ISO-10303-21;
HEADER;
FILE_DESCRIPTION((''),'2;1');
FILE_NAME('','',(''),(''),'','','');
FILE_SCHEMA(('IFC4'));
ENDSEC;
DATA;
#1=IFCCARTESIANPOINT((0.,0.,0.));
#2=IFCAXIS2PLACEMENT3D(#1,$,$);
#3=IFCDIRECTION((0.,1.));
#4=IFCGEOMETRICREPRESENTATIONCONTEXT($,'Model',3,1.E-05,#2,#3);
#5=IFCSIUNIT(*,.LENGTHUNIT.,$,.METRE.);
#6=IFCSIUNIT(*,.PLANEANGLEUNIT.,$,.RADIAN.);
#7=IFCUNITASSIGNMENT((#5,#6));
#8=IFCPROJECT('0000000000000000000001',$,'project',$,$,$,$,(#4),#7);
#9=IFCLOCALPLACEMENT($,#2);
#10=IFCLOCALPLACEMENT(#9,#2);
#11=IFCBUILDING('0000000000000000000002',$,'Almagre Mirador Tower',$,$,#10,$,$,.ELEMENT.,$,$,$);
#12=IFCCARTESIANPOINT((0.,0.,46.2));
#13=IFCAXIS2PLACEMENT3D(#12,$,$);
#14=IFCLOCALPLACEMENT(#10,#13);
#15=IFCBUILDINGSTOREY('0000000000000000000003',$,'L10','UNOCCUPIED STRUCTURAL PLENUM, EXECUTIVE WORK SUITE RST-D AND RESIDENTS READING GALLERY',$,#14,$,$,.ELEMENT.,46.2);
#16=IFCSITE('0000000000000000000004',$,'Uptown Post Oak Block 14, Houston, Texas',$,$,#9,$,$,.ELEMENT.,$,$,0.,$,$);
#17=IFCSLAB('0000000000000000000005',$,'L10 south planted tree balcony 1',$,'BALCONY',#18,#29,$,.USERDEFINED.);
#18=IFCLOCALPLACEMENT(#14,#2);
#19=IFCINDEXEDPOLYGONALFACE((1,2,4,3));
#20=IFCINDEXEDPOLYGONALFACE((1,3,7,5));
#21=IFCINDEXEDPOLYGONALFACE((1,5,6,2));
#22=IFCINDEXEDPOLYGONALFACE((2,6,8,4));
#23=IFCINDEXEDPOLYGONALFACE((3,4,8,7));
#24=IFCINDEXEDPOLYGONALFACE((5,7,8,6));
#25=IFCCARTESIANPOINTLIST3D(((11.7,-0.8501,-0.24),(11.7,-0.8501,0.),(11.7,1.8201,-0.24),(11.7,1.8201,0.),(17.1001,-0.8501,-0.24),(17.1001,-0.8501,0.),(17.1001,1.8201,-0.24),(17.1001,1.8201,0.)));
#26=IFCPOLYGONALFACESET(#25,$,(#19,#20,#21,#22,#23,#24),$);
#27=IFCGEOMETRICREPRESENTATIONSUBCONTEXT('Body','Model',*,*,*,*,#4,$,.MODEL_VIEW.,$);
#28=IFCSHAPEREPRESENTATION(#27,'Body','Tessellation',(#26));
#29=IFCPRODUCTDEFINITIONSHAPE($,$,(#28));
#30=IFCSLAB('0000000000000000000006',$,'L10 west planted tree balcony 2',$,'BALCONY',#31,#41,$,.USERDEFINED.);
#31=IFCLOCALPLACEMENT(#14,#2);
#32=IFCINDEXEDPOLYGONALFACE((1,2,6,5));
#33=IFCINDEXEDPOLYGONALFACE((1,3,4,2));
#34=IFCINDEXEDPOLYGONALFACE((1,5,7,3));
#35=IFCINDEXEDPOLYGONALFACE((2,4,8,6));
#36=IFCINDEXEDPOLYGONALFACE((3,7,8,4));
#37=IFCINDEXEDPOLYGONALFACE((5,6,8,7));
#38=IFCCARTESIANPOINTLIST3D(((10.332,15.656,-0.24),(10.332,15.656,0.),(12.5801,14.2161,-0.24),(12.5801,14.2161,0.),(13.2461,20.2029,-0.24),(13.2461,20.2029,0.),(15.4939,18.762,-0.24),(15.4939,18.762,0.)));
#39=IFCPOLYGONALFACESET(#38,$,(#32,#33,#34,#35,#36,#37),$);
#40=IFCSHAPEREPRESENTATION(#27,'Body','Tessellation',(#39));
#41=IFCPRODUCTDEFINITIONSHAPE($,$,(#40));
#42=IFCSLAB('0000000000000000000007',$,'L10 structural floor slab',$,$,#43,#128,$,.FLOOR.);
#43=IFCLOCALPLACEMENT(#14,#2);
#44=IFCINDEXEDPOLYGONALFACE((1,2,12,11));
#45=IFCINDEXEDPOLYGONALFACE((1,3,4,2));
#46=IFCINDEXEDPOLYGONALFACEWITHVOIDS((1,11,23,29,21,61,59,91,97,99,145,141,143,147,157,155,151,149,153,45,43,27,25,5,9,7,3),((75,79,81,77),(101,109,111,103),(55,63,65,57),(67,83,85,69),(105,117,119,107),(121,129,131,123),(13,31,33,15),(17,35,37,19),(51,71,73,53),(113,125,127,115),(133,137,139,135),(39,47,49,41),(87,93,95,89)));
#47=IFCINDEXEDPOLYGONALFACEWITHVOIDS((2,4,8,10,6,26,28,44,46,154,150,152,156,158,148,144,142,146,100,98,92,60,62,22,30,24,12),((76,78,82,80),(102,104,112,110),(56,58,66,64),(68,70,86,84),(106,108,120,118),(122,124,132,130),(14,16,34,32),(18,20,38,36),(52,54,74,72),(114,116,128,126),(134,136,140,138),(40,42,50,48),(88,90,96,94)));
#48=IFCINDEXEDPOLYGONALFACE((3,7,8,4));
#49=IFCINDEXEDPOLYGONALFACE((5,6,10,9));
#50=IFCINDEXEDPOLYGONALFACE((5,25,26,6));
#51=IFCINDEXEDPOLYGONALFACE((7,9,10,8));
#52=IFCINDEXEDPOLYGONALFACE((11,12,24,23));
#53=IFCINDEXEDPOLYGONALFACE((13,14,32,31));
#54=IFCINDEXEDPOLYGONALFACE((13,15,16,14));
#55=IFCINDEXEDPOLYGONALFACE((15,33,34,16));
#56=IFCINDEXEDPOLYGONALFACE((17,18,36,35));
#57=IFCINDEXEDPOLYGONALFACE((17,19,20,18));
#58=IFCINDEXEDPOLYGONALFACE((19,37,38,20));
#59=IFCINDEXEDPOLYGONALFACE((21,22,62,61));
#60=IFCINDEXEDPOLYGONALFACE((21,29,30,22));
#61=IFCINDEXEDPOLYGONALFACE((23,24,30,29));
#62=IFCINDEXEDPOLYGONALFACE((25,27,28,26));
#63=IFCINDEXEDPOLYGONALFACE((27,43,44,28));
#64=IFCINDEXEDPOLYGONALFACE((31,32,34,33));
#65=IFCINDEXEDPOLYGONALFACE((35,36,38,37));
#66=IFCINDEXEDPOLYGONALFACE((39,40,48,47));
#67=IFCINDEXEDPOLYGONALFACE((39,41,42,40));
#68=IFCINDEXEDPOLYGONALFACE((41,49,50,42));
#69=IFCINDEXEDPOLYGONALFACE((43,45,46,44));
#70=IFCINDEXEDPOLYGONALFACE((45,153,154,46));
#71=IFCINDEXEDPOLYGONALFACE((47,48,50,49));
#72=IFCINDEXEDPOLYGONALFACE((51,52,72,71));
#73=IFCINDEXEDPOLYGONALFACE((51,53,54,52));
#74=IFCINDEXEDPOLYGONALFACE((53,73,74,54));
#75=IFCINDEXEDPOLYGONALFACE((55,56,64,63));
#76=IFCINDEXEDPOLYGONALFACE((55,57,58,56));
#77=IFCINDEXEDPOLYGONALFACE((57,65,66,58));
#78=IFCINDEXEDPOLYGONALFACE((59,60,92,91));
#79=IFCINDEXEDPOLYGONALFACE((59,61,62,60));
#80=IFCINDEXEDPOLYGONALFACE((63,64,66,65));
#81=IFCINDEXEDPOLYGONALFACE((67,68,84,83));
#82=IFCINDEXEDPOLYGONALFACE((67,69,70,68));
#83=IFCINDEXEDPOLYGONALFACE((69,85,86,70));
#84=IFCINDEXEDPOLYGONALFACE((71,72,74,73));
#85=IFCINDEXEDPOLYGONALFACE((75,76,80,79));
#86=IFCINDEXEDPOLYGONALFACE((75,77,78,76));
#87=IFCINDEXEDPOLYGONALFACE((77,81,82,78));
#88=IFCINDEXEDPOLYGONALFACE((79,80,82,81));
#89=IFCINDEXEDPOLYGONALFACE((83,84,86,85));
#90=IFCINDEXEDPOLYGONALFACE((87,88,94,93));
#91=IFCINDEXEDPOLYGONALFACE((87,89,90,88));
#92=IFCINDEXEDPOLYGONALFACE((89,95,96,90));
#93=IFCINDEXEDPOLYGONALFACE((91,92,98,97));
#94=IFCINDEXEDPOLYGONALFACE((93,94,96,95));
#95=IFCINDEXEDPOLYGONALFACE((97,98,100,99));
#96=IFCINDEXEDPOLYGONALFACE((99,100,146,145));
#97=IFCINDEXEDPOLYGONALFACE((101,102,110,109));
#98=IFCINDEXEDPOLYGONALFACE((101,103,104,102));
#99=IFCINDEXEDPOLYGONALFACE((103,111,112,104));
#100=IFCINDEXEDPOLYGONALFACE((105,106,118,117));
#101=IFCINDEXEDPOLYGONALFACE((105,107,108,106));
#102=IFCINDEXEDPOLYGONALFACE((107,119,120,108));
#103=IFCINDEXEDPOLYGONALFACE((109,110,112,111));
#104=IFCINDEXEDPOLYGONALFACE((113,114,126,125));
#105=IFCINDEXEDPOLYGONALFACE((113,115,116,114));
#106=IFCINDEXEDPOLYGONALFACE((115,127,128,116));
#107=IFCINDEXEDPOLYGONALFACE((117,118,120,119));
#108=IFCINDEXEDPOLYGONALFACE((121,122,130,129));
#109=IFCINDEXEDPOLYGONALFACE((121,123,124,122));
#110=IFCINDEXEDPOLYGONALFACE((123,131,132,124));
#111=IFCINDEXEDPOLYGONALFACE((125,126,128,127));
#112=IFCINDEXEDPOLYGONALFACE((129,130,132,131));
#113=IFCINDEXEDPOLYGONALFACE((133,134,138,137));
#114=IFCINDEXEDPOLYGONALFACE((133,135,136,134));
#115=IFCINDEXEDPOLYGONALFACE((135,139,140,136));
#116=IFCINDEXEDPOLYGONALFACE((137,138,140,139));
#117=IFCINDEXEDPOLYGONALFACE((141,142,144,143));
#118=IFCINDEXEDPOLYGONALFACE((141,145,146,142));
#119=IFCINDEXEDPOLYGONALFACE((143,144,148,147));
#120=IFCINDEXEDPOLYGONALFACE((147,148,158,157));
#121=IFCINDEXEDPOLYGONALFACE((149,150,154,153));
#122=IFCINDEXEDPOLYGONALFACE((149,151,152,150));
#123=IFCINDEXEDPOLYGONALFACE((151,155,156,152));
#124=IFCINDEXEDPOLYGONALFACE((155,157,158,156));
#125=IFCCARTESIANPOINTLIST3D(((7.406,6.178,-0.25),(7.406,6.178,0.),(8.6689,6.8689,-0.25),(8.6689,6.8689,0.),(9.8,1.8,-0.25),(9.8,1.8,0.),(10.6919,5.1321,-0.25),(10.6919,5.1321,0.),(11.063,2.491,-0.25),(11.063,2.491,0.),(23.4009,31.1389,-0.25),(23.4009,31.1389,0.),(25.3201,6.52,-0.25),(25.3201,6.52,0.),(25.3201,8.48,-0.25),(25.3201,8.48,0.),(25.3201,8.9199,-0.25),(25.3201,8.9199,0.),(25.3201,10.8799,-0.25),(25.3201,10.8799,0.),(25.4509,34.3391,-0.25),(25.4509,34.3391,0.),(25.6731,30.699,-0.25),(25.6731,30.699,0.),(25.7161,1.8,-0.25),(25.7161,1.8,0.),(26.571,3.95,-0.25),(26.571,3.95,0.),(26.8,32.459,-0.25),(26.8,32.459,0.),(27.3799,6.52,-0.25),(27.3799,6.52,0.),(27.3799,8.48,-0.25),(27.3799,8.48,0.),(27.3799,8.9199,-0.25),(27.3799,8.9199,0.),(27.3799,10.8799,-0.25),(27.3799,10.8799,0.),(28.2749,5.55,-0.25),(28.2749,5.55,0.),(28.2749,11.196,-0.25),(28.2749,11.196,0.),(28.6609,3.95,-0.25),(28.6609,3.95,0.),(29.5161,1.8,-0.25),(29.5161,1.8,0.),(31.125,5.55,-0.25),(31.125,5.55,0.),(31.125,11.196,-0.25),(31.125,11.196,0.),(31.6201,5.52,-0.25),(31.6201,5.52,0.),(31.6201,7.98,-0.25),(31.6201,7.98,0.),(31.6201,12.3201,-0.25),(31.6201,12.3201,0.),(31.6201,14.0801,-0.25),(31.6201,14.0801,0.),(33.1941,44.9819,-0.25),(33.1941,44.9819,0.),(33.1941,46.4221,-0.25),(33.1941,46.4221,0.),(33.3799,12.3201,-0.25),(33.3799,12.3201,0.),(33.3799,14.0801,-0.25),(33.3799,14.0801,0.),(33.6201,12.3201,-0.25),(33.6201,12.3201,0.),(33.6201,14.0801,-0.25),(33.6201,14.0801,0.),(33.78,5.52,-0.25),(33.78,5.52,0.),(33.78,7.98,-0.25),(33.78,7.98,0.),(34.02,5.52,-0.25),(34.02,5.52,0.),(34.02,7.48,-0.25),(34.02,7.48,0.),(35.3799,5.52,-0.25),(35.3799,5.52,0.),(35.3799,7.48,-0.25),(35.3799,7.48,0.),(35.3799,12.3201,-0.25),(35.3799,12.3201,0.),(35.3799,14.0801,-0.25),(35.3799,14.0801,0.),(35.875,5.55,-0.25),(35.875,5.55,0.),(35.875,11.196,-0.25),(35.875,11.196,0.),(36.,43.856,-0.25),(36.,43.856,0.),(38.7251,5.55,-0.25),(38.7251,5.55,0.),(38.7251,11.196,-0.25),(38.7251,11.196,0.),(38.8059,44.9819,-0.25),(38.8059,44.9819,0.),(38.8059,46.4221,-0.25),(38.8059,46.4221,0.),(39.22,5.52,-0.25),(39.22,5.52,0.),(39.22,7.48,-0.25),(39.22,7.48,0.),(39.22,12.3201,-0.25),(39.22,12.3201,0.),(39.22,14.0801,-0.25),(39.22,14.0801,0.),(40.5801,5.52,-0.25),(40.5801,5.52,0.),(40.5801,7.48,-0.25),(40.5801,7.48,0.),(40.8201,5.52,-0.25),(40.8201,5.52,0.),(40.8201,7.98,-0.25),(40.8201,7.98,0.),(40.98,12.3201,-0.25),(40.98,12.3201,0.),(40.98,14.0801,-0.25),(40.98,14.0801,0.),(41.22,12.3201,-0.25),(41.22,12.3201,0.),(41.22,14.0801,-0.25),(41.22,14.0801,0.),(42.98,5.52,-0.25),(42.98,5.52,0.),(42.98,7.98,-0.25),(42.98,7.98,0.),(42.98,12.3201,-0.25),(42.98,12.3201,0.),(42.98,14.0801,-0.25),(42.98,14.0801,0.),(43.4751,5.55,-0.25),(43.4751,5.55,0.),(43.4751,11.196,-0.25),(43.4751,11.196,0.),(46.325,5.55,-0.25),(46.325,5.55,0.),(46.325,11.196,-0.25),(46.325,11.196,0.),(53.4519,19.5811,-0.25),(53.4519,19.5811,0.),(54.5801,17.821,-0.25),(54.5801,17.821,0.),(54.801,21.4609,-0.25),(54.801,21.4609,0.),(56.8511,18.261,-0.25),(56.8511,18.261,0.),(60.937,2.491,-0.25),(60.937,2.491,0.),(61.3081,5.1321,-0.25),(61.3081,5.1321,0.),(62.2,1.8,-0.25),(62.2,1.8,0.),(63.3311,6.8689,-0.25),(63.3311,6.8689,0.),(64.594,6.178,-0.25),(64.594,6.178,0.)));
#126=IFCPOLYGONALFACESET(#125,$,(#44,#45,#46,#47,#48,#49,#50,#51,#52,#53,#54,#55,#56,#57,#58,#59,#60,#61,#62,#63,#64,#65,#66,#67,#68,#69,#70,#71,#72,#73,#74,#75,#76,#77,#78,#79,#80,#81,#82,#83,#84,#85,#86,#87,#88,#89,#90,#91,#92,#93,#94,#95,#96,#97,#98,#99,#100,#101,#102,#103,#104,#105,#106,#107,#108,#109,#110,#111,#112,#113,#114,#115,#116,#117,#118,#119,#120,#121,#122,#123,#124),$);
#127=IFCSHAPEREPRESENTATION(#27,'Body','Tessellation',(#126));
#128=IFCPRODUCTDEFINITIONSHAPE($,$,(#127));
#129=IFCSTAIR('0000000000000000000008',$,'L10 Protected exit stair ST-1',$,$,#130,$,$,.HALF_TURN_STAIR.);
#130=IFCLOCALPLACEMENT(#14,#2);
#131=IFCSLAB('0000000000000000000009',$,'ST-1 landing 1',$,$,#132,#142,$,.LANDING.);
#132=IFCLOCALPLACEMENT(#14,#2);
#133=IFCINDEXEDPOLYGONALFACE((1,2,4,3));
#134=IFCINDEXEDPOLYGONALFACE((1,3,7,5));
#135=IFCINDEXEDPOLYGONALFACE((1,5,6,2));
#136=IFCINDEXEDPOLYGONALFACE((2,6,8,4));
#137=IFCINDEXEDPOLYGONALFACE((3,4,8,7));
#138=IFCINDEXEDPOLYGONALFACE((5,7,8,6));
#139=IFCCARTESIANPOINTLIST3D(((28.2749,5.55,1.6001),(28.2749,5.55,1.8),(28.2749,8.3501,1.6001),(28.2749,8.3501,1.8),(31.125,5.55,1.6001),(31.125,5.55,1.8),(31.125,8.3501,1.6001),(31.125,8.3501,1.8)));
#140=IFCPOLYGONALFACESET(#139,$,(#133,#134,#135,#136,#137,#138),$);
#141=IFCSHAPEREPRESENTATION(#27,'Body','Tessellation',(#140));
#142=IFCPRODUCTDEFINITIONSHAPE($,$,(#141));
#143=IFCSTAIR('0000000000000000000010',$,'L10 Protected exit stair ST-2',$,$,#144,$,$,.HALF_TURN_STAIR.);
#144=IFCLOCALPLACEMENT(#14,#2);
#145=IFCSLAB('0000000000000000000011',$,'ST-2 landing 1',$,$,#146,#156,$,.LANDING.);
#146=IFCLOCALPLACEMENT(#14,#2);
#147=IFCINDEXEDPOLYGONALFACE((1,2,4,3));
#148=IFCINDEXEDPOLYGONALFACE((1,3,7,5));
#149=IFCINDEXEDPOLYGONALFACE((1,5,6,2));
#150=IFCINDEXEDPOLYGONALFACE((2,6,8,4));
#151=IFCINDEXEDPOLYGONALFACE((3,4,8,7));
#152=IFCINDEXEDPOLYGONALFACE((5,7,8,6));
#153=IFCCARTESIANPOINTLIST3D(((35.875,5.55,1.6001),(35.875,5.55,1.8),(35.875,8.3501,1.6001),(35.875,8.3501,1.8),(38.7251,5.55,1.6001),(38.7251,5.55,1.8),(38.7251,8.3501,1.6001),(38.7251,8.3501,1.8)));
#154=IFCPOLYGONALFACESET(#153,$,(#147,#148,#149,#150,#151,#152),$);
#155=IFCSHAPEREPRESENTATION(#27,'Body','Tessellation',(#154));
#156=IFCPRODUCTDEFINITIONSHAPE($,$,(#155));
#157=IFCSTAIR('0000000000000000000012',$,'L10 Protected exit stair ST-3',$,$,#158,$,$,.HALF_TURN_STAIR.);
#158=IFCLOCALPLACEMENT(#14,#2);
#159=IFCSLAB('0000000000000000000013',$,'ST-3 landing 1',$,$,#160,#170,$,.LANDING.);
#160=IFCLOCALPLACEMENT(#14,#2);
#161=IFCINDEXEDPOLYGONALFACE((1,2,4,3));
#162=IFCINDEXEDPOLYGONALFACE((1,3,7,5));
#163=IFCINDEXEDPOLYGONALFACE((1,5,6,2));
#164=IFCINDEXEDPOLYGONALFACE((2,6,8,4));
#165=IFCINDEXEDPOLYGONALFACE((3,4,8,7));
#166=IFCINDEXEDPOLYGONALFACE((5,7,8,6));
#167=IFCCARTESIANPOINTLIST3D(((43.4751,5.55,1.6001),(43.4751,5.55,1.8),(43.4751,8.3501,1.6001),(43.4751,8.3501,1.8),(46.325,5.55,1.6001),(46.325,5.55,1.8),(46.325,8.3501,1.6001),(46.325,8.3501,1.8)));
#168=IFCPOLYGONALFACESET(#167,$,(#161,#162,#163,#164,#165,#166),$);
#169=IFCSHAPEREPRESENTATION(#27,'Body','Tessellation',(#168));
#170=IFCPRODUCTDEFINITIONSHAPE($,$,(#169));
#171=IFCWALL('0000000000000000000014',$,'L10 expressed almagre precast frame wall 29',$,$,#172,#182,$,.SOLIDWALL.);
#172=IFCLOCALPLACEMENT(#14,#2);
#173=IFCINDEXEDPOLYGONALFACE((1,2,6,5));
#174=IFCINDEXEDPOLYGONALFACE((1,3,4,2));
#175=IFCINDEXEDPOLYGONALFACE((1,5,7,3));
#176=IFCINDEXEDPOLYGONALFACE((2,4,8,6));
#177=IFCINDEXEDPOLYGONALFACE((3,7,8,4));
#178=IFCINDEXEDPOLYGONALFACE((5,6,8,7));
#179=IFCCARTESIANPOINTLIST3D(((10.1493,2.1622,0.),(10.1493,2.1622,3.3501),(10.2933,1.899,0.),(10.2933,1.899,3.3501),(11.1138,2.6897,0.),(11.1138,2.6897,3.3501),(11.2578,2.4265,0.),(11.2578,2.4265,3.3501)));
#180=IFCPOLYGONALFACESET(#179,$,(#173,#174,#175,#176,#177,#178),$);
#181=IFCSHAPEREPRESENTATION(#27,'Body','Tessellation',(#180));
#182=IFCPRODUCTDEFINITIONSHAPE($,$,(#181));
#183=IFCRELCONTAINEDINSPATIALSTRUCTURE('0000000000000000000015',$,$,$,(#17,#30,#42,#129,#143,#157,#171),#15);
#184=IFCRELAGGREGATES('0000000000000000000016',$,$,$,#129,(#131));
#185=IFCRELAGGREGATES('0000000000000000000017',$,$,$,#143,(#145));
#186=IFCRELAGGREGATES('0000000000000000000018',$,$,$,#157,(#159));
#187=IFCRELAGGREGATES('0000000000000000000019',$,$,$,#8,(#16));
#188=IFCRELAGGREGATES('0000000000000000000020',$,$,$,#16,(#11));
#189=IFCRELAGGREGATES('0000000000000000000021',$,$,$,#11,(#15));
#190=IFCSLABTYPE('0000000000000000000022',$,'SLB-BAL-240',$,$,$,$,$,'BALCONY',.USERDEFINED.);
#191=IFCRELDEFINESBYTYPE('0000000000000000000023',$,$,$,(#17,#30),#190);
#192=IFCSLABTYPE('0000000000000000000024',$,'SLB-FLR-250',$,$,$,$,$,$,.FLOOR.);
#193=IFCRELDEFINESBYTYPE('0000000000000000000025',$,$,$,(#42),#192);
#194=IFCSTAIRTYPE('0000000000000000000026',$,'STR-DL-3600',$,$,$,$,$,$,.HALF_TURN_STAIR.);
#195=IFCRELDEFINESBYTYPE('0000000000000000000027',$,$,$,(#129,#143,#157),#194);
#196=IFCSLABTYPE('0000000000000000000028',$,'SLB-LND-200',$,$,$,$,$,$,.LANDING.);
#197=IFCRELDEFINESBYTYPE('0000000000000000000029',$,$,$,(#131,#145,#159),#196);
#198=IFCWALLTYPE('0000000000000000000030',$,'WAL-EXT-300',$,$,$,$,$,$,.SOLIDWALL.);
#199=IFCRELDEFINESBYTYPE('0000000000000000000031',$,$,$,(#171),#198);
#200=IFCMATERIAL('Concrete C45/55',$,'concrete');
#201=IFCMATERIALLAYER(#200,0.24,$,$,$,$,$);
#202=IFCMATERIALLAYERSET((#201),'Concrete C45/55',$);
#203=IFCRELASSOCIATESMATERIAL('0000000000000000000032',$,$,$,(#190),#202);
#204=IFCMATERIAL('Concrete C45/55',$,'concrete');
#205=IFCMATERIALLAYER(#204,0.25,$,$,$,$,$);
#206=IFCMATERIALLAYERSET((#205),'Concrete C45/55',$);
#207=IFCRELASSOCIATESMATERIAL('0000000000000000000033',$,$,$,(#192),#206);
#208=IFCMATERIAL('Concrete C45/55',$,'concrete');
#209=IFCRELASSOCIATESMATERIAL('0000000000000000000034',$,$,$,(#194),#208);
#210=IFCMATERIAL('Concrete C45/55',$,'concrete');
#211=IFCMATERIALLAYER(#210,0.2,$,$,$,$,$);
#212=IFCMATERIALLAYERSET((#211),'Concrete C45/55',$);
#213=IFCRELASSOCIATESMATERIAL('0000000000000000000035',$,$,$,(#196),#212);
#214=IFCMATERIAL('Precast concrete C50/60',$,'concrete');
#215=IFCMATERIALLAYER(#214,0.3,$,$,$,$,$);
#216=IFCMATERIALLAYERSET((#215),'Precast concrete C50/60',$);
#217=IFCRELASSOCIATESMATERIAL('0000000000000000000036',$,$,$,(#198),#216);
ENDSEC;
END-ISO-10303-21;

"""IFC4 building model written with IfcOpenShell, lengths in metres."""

from ifc_helpers import new_model, si_unit, direction, frame, frame_2d, origin, place, context, subcontext, project, spatial, polyline, rectangle, outline, extrude, material, layer, layer_set, type_object, element, aggregate, save


model = new_model("IFC4")

# Units and contexts
model_context = context("Model", 3, precision=1e-05, world=origin(), true_north=direction((0.0, 1.0)))
body_context = subcontext(model_context, "Body", "Model", "MODEL_VIEW")
ifc_project = project(units=[si_unit("LENGTHUNIT", "METRE"), si_unit("PLANEANGLEUNIT", "RADIAN")], contexts=[model_context])

# Site, building, storey
site_placement = place(None, origin())
site = spatial("IfcSite", under=ifc_project, at=site_placement, Name="Uptown Post Oak Block 14, Houston, Texas", CompositionType="ELEMENT", RefElevation=0.0)
building_placement = place(site_placement, origin())
building = spatial("IfcBuilding", under=site, at=building_placement, Name="Almagre Mirador Tower", CompositionType="ELEMENT")
storey_placement = place(building_placement, frame((0.0, 0.0, 46.2)))
storey = spatial("IfcBuildingStorey", under=building, at=storey_placement, Name="L10", Description="UNOCCUPIED STRUCTURAL PLENUM, EXECUTIVE WORK SUITE RST-D AND RESIDENTS READING GALLERY", CompositionType="ELEMENT", Elevation=46.2)

# Slabs
ifc_material_1 = material(Name="Concrete C45/55", Category="concrete")
ifc_layer_1 = layer(ifc_material_1, 0.24)
ifc_layer_set_1 = layer_set([ifc_layer_1], Name="Concrete C45/55")
slab_type_1 = type_object("IfcSlabType", Name="SLB-BAL-240", ElementType="BALCONY", PredefinedType="USERDEFINED", material=ifc_layer_set_1)
slab_1_placement = place(storey_placement, frame((0.0, 0.0, -0.24)))
element("IfcSlab", 1, at=slab_1_placement, inside=storey, type_object=slab_type_1, Name="L10 south planted tree balcony 1", ObjectType="BALCONY", PredefinedType="USERDEFINED", context=body_context, shape_type="SweptSolid", body=[
    extrude(outline(polyline([(11.7, 1.8201), (17.1001, 1.8201), (17.1001, -0.8501), (11.7, -0.8501), (11.7, 1.8201)])), origin(), (0.0, 0.0, 1.0), 0.24),
])
slab_2_placement = place(storey_placement, frame((0.0, 0.0, -0.24)))
element("IfcSlab", 2, at=slab_2_placement, inside=storey, type_object=slab_type_1, Name="L10 west planted tree balcony 2", ObjectType="BALCONY", PredefinedType="USERDEFINED", context=body_context, shape_type="SweptSolid", body=[
    extrude(outline(polyline([(15.4939, 18.762), (12.5801, 14.2161), (10.332, 15.656), (13.2461, 20.2029), (15.4939, 18.762)])), origin(), (0.0, 0.0, 1.0), 0.24),
])
ifc_material_2 = material(Name="Concrete C45/55", Category="concrete")
ifc_layer_2 = layer(ifc_material_2, 0.25)
ifc_layer_set_2 = layer_set([ifc_layer_2], Name="Concrete C45/55")
slab_type_2 = type_object("IfcSlabType", Name="SLB-FLR-250", PredefinedType="FLOOR", material=ifc_layer_set_2)
slab_3_placement = place(storey_placement, frame((0.0, 0.0, -0.25)))
element("IfcSlab", 3, at=slab_3_placement, inside=storey, type_object=slab_type_2, Name="L10 structural floor slab", PredefinedType="FLOOR", context=body_context, shape_type="SweptSolid", body=[
    extrude(outline(polyline([(7.406, 6.178), (8.6689, 6.8689), (10.6919, 5.1321), (11.063, 2.491), (9.8, 1.8), (25.7161, 1.8), (26.571, 3.95), (28.6609, 3.95), (29.5161, 1.8), (62.2, 1.8), (60.937, 2.491), (61.3081, 5.1321), (63.3311, 6.8689), (64.594, 6.178), (56.8511, 18.261), (54.5801, 17.821), (53.4519, 19.5811), (54.801, 21.4609), (38.8059, 46.4221), (38.8059, 44.9819), (36.0, 43.856), (33.1941, 44.9819), (33.1941, 46.4221), (25.4509, 34.3391), (26.8, 32.459), (25.6731, 30.699), (23.4009, 31.1389), (7.406, 6.178)]), holes=[polyline([(43.4751, 11.196), (46.325, 11.196), (46.325, 5.55), (43.4751, 5.55), (43.4751, 11.196)]), polyline([(40.8201, 5.52), (40.8201, 7.98), (42.98, 7.98), (42.98, 5.52), (40.8201, 5.52)]), polyline([(41.22, 12.3201), (41.22, 14.0801), (42.98, 14.0801), (42.98, 12.3201), (41.22, 12.3201)]), polyline([(39.22, 12.3201), (39.22, 14.0801), (40.98, 14.0801), (40.98, 12.3201), (39.22, 12.3201)]), polyline([(39.22, 5.52), (39.22, 7.48), (40.5801, 7.48), (40.5801, 5.52), (39.22, 5.52)]), polyline([(35.875, 11.196), (38.7251, 11.196), (38.7251, 5.55), (35.875, 5.55), (35.875, 11.196)]), polyline([(35.3799, 5.52), (34.02, 5.52), (34.02, 7.48), (35.3799, 7.48), (35.3799, 5.52)]), polyline([(35.3799, 12.3201), (33.6201, 12.3201), (33.6201, 14.0801), (35.3799, 14.0801), (35.3799, 12.3201)]), polyline([(31.6201, 5.52), (31.6201, 7.98), (33.78, 7.98), (33.78, 5.52), (31.6201, 5.52)]), polyline([(31.6201, 12.3201), (31.6201, 14.0801), (33.3799, 14.0801), (33.3799, 12.3201), (31.6201, 12.3201)]), polyline([(28.2749, 5.55), (28.2749, 11.196), (31.125, 11.196), (31.125, 5.55), (28.2749, 5.55)]), polyline([(25.3201, 6.52), (25.3201, 8.48), (27.3799, 8.48), (27.3799, 6.52), (25.3201, 6.52)]), polyline([(25.3201, 8.9199), (25.3201, 10.8799), (27.3799, 10.8799), (27.3799, 8.9199), (25.3201, 8.9199)])]), origin(), (0.0, 0.0, 1.0), 0.25),
])

# Stairs, slabs
ifc_material_3 = material(Name="Concrete C45/55", Category="concrete")
stair_type = type_object("IfcStairType", Name="STR-DL-3600", PredefinedType="HALF_TURN_STAIR", material=ifc_material_3)
stair_1_placement = place(storey_placement, origin())
stair_1 = element("IfcStair", 4, at=stair_1_placement, inside=storey, type_object=stair_type, Name="L10 Protected exit stair ST-1", PredefinedType="HALF_TURN_STAIR")
ifc_material_4 = material(Name="Concrete C45/55", Category="concrete")
ifc_layer_3 = layer(ifc_material_4, 0.2)
ifc_layer_set_3 = layer_set([ifc_layer_3], Name="Concrete C45/55")
slab_type_3 = type_object("IfcSlabType", Name="SLB-LND-200", PredefinedType="LANDING", material=ifc_layer_set_3)
slab_4_placement = place(storey_placement, frame((0.0, 0.0, 1.6001)))
slab_4 = element("IfcSlab", 5, at=slab_4_placement, type_object=slab_type_3, Name="ST-1 landing 1", PredefinedType="LANDING", context=body_context, shape_type="SweptSolid", body=[
    extrude(outline(polyline([(28.2749, 8.3501), (28.2749, 5.55), (31.125, 5.55), (31.125, 8.3501), (28.2749, 8.3501)])), origin(), (0.0, 0.0, 1.0), 0.2),
])
aggregate(stair_1, [slab_4])
stair_2_placement = place(storey_placement, origin())
stair_2 = element("IfcStair", 6, at=stair_2_placement, inside=storey, type_object=stair_type, Name="L10 Protected exit stair ST-2", PredefinedType="HALF_TURN_STAIR")
slab_5_placement = place(storey_placement, frame((0.0, 0.0, 1.6001)))
slab_5 = element("IfcSlab", 7, at=slab_5_placement, type_object=slab_type_3, Name="ST-2 landing 1", PredefinedType="LANDING", context=body_context, shape_type="SweptSolid", body=[
    extrude(outline(polyline([(35.875, 8.3501), (35.875, 5.55), (38.7251, 5.55), (38.7251, 8.3501), (35.875, 8.3501)])), origin(), (0.0, 0.0, 1.0), 0.2),
])
aggregate(stair_2, [slab_5])
stair_3_placement = place(storey_placement, origin())
stair_3 = element("IfcStair", 8, at=stair_3_placement, inside=storey, type_object=stair_type, Name="L10 Protected exit stair ST-3", PredefinedType="HALF_TURN_STAIR")
slab_6_placement = place(storey_placement, frame((0.0, 0.0, 1.6001)))
slab_6 = element("IfcSlab", 9, at=slab_6_placement, type_object=slab_type_3, Name="ST-3 landing 1", PredefinedType="LANDING", context=body_context, shape_type="SweptSolid", body=[
    extrude(outline(polyline([(43.4751, 8.3501), (43.4751, 5.55), (46.325, 5.55), (46.325, 8.3501), (43.4751, 8.3501)])), origin(), (0.0, 0.0, 1.0), 0.2),
])
aggregate(stair_3, [slab_6])

# Wall
ifc_material_5 = material(Name="Precast concrete C50/60", Category="concrete")
ifc_layer_4 = layer(ifc_material_5, 0.3)
ifc_layer_set_4 = layer_set([ifc_layer_4], Name="Precast concrete C50/60")
wall_type = type_object("IfcWallType", Name="WAL-EXT-300", PredefinedType="SOLIDWALL", material=ifc_layer_set_4)
wall_1_placement = place(storey_placement, frame((10.2212, 2.0305, 0.0), z_axis=(0.0, 0.0, 1.0), x_axis=(0.877343, 0.479863, 0.0)))
element("IfcWall", 10, at=wall_1_placement, inside=storey, type_object=wall_type, Name="L10 expressed almagre precast frame wall 29", PredefinedType="SOLIDWALL", context=body_context, shape_type="SweptSolid", body=[
    extrude(rectangle(XDim=1.0994, YDim=0.3, at=frame_2d((0.5498, 0.0))), origin(), (0.0, 0.0, 1.0), 3.3501),
])

save(model, "model.ifc")
